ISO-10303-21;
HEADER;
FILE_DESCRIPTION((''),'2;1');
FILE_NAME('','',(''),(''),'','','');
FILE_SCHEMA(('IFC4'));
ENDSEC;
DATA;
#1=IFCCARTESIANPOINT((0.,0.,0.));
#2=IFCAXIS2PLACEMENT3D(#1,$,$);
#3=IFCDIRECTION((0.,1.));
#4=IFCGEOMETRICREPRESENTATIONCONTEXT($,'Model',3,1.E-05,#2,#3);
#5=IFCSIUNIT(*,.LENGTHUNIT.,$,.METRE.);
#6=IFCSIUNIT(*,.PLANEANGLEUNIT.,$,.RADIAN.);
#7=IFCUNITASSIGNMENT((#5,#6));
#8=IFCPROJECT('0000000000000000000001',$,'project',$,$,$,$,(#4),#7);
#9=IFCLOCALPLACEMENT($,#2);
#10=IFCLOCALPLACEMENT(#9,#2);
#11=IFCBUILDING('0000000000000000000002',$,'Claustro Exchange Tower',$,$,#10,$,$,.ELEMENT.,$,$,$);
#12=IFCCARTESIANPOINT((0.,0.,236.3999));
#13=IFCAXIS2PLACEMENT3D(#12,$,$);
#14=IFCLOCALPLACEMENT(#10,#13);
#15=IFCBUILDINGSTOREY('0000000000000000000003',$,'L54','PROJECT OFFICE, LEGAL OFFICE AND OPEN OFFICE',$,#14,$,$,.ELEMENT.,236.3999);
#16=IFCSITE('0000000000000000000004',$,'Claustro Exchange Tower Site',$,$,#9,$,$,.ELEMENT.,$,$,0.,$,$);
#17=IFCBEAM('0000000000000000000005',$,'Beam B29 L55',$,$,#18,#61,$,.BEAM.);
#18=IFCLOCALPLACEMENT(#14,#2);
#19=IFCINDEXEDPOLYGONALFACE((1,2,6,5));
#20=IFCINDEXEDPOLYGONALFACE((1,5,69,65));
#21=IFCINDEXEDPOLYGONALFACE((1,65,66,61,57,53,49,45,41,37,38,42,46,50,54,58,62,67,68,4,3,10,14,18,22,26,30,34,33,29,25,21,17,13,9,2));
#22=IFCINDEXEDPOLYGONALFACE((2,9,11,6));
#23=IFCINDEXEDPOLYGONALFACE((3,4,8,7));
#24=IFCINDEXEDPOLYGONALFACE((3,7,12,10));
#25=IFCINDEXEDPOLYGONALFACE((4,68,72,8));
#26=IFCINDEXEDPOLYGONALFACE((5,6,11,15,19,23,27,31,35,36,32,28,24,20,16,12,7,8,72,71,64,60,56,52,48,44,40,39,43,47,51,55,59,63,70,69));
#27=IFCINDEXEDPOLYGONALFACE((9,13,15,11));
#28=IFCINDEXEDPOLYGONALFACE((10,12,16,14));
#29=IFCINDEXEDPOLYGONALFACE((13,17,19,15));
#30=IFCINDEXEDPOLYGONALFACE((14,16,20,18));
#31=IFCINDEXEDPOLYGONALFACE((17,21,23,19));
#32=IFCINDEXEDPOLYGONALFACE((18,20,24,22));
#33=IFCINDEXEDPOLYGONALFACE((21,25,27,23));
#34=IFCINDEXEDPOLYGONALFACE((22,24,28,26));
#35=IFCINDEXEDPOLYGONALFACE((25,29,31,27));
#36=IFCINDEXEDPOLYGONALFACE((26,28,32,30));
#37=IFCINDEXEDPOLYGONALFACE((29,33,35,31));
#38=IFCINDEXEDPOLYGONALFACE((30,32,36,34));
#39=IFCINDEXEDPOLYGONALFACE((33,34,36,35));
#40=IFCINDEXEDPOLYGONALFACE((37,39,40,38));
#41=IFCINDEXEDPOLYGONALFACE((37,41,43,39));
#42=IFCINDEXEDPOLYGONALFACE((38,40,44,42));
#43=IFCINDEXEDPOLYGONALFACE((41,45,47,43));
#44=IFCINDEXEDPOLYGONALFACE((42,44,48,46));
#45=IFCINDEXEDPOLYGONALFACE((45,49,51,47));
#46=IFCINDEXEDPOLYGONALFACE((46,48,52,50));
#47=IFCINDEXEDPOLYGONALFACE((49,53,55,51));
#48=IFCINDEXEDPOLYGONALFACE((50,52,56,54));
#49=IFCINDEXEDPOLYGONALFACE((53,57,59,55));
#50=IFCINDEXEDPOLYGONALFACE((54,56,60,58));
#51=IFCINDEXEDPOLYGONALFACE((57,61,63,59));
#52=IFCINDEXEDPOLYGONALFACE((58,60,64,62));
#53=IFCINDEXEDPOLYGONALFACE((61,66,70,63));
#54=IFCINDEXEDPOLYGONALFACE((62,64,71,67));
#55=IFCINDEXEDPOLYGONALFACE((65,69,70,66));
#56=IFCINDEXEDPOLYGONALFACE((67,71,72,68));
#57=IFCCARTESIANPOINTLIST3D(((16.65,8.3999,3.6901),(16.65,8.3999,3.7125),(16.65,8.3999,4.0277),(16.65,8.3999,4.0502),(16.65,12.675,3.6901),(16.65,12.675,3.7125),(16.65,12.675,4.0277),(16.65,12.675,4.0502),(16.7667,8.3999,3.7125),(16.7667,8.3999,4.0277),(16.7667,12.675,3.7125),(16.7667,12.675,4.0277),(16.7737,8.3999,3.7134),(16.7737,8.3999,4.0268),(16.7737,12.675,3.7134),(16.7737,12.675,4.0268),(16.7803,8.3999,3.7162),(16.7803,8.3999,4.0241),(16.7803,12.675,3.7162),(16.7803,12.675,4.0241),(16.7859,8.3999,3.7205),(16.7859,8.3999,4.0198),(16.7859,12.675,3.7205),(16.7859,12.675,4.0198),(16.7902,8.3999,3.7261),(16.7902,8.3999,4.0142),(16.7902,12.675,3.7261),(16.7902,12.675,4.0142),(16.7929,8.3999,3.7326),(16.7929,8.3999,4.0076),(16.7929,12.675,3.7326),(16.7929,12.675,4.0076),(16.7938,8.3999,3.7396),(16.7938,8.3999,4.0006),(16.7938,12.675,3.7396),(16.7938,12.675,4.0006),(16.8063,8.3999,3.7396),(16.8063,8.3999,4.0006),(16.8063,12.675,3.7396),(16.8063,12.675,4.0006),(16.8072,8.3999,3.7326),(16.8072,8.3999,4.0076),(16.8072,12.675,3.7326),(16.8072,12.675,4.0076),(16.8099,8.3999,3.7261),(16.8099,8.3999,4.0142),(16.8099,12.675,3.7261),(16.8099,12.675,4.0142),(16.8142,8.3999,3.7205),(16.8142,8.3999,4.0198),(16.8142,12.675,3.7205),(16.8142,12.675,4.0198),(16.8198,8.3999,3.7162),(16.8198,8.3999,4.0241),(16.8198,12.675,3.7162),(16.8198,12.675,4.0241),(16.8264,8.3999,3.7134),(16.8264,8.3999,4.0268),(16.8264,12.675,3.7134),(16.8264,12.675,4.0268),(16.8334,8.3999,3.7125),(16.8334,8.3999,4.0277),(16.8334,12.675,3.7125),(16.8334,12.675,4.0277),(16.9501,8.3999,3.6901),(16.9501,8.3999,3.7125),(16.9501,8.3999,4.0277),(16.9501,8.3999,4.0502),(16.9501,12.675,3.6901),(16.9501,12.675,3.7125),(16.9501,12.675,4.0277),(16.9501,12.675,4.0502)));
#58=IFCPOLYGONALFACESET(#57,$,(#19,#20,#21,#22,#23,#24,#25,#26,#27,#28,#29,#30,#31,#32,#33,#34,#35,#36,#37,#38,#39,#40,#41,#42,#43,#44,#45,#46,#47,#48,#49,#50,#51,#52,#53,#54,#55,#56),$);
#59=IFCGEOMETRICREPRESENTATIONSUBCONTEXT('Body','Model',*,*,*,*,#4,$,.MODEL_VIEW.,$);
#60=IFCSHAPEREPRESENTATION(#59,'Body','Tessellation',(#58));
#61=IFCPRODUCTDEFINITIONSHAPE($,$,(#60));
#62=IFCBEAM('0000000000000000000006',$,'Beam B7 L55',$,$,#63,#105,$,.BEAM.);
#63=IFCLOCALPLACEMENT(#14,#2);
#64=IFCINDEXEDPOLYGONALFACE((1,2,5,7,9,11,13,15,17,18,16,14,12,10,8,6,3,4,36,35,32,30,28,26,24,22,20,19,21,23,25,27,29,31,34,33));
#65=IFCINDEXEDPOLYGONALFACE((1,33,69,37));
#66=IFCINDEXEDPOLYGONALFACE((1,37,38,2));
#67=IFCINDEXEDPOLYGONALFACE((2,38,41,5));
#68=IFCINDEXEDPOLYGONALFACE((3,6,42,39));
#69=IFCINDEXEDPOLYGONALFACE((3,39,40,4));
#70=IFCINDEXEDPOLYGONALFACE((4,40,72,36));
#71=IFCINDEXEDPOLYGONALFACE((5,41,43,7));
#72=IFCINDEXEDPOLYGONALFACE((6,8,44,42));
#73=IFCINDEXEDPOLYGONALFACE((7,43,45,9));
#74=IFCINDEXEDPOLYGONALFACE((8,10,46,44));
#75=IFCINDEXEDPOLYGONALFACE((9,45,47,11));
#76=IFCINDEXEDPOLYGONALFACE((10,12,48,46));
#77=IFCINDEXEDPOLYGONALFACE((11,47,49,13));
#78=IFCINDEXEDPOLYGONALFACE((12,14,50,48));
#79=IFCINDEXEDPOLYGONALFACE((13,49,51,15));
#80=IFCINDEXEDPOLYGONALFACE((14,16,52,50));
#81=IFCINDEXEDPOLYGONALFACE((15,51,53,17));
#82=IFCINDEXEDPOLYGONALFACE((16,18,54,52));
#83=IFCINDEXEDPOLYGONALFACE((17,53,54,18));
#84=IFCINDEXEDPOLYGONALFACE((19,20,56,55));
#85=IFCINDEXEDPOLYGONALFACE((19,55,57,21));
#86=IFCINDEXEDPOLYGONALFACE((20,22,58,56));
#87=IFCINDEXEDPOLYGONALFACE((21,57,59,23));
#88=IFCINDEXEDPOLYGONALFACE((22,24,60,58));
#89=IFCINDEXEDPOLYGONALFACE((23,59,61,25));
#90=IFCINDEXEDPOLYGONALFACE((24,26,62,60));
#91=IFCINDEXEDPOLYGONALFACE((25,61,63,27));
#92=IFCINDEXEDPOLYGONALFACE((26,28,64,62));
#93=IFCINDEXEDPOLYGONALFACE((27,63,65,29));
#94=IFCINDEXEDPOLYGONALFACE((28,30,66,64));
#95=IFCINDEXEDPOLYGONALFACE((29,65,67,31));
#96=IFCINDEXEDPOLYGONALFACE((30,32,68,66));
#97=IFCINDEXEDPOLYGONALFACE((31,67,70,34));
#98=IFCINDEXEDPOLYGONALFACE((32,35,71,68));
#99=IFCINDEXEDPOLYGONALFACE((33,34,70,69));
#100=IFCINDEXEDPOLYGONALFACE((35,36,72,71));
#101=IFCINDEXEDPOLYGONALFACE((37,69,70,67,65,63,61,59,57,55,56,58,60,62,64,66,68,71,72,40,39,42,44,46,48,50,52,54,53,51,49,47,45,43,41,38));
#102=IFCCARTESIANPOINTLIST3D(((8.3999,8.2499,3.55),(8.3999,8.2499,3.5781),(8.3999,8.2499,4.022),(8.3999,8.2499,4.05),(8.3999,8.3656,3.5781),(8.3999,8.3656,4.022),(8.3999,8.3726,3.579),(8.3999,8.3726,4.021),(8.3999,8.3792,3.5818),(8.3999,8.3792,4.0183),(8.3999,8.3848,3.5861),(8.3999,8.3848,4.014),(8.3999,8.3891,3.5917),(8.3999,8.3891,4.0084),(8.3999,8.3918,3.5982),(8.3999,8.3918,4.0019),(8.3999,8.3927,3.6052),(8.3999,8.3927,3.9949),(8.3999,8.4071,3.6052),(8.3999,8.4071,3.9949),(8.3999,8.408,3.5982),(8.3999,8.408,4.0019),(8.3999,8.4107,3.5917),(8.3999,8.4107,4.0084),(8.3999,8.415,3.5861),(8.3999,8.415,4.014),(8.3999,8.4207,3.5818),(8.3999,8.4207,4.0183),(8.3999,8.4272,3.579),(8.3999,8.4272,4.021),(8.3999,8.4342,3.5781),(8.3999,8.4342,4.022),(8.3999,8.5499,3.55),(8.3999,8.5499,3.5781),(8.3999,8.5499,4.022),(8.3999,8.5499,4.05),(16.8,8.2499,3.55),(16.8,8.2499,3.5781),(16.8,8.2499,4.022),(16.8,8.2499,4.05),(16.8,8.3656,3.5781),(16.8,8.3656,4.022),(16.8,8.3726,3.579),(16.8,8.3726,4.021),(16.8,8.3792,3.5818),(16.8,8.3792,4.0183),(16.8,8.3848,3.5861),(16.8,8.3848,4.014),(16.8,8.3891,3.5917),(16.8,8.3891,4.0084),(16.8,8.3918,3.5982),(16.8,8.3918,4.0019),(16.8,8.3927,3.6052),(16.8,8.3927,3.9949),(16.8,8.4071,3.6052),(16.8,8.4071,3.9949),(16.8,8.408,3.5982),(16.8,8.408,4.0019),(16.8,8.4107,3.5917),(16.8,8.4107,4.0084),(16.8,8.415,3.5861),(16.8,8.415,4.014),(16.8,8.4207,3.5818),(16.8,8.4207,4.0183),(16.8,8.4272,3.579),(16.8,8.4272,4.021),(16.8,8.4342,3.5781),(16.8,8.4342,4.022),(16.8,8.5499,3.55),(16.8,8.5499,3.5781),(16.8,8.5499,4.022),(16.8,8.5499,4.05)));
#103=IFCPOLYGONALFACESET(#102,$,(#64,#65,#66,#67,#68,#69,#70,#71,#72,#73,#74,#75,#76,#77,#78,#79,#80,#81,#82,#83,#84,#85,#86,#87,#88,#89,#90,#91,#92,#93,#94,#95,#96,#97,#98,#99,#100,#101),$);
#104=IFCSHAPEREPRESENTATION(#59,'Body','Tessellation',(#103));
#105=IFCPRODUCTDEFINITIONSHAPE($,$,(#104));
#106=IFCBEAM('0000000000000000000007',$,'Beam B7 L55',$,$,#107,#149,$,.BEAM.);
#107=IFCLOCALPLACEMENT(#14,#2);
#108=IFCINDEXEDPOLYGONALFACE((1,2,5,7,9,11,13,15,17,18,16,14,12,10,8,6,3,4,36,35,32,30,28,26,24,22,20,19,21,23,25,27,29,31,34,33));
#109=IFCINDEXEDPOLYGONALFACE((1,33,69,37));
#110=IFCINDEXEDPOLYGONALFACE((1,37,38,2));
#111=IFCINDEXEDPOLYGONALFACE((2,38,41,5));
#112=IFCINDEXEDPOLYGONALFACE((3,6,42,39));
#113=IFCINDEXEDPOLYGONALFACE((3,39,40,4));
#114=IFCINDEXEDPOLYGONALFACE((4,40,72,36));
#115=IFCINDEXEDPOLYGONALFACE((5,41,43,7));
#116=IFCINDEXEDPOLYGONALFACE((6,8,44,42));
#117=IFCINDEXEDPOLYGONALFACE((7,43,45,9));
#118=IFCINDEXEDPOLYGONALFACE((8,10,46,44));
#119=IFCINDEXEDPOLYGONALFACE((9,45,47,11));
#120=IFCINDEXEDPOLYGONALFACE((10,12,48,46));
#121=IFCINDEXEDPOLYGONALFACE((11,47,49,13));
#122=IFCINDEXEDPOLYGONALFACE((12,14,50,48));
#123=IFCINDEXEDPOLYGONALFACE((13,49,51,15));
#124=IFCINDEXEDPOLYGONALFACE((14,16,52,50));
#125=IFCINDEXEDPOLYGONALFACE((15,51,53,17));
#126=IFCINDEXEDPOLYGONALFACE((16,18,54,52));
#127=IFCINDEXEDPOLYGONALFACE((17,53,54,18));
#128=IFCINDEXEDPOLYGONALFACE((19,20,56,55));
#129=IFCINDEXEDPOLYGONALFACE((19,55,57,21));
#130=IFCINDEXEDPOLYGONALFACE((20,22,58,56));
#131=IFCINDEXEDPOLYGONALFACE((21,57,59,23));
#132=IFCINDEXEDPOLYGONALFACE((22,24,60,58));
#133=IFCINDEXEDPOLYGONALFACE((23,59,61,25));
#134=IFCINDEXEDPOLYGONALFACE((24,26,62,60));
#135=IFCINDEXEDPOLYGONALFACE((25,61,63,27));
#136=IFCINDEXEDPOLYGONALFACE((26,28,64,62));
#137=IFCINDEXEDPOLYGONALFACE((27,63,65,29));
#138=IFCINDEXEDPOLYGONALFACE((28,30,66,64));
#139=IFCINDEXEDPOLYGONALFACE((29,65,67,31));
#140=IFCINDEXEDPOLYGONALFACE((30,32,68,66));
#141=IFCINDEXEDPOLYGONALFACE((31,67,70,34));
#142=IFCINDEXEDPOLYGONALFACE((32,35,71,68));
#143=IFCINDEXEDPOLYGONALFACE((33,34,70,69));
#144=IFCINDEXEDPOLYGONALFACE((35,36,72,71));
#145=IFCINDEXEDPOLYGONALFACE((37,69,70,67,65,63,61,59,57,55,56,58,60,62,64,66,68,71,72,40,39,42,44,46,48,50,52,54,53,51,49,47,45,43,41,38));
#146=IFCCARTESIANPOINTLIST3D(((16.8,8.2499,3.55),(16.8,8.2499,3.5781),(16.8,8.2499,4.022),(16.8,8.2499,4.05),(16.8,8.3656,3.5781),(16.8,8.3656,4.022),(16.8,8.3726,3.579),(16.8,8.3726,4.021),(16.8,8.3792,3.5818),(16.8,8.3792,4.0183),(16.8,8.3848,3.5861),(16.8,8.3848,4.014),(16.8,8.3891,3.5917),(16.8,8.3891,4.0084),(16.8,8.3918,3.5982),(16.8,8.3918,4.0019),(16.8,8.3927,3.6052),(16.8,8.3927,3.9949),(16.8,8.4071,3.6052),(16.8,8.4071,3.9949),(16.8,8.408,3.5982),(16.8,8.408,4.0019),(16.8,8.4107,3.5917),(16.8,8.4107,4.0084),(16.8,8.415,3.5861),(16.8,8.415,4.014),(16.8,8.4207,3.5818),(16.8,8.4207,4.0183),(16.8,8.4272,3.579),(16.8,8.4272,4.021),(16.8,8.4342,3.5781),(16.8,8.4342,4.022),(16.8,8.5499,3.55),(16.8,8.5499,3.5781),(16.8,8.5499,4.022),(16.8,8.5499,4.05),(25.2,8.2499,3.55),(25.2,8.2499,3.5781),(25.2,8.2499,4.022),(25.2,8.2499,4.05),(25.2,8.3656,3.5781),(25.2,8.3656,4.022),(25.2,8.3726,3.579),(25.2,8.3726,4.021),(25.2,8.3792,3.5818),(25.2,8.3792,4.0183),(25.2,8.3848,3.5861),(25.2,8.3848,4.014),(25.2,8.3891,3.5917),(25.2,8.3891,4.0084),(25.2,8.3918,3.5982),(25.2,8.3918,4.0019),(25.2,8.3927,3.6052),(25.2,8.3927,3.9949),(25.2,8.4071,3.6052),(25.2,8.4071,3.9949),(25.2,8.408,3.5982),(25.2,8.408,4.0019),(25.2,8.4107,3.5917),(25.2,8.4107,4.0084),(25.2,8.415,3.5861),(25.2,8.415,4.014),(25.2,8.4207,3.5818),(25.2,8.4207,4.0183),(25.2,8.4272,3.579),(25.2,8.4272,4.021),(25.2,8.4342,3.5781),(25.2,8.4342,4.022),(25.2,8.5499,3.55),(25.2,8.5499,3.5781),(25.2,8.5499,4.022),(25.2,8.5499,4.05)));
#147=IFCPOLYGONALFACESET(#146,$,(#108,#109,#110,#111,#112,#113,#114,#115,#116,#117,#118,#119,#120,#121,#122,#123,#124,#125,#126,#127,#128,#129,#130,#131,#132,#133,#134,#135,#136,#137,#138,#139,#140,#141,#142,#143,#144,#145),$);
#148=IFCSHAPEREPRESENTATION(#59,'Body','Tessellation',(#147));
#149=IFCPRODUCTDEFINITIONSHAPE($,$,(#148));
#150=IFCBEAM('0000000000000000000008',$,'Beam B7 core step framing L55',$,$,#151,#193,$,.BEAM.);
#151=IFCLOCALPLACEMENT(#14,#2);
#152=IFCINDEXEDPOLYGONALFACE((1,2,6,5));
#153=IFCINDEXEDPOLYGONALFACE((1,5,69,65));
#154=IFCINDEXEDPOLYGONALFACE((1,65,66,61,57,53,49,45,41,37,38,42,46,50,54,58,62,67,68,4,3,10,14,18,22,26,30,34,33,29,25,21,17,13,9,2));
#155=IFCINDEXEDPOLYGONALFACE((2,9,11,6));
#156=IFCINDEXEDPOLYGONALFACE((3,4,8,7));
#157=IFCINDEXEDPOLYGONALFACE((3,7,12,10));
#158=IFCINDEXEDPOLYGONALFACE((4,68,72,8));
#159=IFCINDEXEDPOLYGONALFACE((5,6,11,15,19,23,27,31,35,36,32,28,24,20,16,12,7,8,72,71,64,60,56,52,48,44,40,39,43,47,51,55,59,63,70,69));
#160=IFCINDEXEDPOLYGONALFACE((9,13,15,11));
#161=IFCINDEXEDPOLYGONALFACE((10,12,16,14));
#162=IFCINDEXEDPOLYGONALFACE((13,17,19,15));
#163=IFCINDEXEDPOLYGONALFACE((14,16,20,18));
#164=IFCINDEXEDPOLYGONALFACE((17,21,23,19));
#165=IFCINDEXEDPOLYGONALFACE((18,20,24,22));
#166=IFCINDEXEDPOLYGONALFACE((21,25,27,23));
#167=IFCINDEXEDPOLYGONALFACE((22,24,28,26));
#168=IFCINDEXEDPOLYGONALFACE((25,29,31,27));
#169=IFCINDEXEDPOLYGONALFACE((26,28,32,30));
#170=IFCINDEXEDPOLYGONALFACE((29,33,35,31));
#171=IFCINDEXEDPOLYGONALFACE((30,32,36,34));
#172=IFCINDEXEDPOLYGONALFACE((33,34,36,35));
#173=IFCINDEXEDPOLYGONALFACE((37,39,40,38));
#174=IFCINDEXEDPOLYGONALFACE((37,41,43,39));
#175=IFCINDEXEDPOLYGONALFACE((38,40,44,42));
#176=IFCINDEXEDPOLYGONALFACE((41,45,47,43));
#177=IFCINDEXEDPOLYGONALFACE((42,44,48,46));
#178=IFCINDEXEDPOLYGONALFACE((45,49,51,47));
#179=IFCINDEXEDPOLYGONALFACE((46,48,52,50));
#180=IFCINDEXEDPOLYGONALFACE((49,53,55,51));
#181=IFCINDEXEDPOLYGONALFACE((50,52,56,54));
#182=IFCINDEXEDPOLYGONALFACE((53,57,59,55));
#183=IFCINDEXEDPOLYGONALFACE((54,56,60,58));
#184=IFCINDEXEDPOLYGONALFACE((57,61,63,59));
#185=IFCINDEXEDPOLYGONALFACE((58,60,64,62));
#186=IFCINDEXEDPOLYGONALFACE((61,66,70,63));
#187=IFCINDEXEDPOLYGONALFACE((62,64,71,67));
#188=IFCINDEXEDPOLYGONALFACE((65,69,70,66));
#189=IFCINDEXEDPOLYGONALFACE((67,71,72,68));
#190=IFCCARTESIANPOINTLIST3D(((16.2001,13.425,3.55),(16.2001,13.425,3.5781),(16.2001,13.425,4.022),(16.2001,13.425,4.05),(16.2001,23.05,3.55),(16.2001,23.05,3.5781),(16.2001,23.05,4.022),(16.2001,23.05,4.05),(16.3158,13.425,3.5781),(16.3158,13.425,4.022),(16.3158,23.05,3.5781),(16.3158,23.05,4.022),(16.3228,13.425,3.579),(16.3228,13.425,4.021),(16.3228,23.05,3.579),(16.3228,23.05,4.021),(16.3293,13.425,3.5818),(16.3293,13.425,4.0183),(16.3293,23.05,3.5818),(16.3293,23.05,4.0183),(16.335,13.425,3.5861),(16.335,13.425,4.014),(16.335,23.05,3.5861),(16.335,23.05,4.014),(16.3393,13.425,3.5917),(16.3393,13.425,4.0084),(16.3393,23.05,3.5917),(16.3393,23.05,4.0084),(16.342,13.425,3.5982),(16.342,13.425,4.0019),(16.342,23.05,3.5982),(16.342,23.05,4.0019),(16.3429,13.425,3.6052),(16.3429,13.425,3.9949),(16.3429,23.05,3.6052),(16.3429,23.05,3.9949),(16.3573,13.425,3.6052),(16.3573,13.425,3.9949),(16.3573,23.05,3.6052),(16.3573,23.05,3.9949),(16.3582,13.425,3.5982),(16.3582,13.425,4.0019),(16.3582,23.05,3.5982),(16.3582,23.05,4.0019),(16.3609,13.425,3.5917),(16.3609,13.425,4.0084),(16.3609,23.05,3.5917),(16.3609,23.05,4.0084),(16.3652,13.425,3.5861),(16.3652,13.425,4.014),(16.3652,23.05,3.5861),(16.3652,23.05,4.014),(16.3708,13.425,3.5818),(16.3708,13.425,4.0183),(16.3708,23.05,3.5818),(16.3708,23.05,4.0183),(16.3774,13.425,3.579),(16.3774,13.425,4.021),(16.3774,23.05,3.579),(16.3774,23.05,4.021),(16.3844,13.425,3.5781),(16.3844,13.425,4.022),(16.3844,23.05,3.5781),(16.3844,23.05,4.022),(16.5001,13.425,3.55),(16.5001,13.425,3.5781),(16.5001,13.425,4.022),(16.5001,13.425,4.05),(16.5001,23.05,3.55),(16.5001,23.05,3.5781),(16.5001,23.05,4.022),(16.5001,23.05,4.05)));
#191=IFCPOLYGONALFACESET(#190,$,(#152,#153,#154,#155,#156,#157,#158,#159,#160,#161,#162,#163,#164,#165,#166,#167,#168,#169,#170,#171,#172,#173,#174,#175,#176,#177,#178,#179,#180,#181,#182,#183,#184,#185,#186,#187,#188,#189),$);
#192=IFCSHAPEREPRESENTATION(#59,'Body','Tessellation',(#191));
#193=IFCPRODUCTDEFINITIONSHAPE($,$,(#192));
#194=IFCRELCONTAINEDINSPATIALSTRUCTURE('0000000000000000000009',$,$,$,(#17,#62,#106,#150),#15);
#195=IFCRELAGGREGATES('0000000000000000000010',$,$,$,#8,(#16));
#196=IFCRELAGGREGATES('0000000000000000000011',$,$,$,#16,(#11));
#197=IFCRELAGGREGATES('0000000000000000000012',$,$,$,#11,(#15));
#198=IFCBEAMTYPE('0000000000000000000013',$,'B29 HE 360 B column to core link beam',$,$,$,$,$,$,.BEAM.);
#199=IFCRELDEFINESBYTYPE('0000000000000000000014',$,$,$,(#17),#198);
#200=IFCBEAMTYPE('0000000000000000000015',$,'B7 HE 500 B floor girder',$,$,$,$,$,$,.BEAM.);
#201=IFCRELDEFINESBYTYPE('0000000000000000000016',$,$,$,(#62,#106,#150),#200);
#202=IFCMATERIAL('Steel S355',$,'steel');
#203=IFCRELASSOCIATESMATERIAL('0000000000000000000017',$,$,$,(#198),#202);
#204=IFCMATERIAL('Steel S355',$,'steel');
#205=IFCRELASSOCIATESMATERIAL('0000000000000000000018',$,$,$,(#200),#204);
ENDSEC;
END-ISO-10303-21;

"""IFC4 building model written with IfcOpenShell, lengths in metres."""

from ifc_helpers import new_model, si_unit, direction, frame, origin, origin_2d, place, context, subcontext, project, spatial, i_section, extrude, material, material_profile, profile_set, type_object, element, save


model = new_model("IFC4")

# Units and contexts
model_context = context("Model", 3, precision=1e-05, world=origin(), true_north=direction((0.0, 1.0)))
body_context = subcontext(model_context, "Body", "Model", "MODEL_VIEW")
ifc_project = project(units=[si_unit("LENGTHUNIT", "METRE"), si_unit("PLANEANGLEUNIT", "RADIAN")], contexts=[model_context])

# Site, building, storey
site_placement = place(None, origin())
site = spatial("IfcSite", under=ifc_project, at=site_placement, Name="Claustro Exchange Tower Site", CompositionType="ELEMENT", RefElevation=0.0)
building_placement = place(site_placement, origin())
building = spatial("IfcBuilding", under=site, at=building_placement, Name="Claustro Exchange Tower", CompositionType="ELEMENT")
storey_placement = place(building_placement, frame((0.0, 0.0, 236.3999)))
storey = spatial("IfcBuildingStorey", under=building, at=storey_placement, Name="L54", Description="PROJECT OFFICE, LEGAL OFFICE AND OPEN OFFICE", CompositionType="ELEMENT", Elevation=236.3999)

# Beams
ifc_material_1 = material(Name="Steel S355", Category="steel")
ifc_material_profile_1 = material_profile(ifc_material_1, i_section(OverallWidth=0.3, OverallDepth=0.3601, WebThickness=0.0125, FlangeThickness=0.0225, FilletRadius=0.0271, at=origin_2d()), Name="HE 360 B")
ifc_profile_set_1 = profile_set([ifc_material_profile_1], Name="Steel S355")
beam_type_1 = type_object("IfcBeamType", Name="B29 HE 360 B column to core link beam", PredefinedType="BEAM", material=ifc_profile_set_1)
for number, where, z_axis, x_axis, name in (
    (1, (16.8, 8.3999, 3.8701), (0.0, 1.0, 0.0), (-1.0, 0.0, 0.0), "Beam B29 L55"),
):
    element("IfcBeam", number, at=place(storey_placement, frame(where, z_axis=z_axis, x_axis=x_axis)), inside=storey, type_object=beam_type_1, Name=name, PredefinedType="BEAM", context=body_context, shape_type="SweptSolid", body=[
        extrude(i_section(OverallWidth=0.3, OverallDepth=0.3601, WebThickness=0.0125, FlangeThickness=0.0225, FilletRadius=0.0271, at=origin_2d()), origin(), (0.0, 0.0, 1.0), 4.2751),
    ])
ifc_material_2 = material(Name="Steel S355", Category="steel")
ifc_material_profile_2 = material_profile(ifc_material_2, i_section(OverallWidth=0.3, OverallDepth=0.5, WebThickness=0.0144, FlangeThickness=0.0281, FilletRadius=0.0271, at=origin_2d()), Name="HE 500 B")
ifc_profile_set_2 = profile_set([ifc_material_profile_2], Name="Steel S355")
beam_type_2 = type_object("IfcBeamType", Name="B7 HE 500 B floor girder", PredefinedType="BEAM", material=ifc_profile_set_2)
beam_1_placement = place(storey_placement, frame((8.3999, 8.3999, 3.8), z_axis=(1.0, 0.0, 0.0), x_axis=(0.0, 1.0, 0.0)))
element("IfcBeam", 2, at=beam_1_placement, inside=storey, type_object=beam_type_2, Name="Beam B7 L55", PredefinedType="BEAM", context=body_context, shape_type="SweptSolid", body=[
    extrude(i_section(OverallWidth=0.3, OverallDepth=0.5, WebThickness=0.0144, FlangeThickness=0.0281, FilletRadius=0.0271, at=origin_2d()), origin(), (0.0, 0.0, 1.0), 8.4001),
])
beam_2_placement = place(storey_placement, frame((16.8, 8.3999, 3.8), z_axis=(1.0, 0.0, 0.0), x_axis=(0.0, 1.0, 0.0)))
element("IfcBeam", 3, at=beam_2_placement, inside=storey, type_object=beam_type_2, Name="Beam B7 L55", PredefinedType="BEAM", context=body_context, shape_type="SweptSolid", body=[
    extrude(i_section(OverallWidth=0.3, OverallDepth=0.5, WebThickness=0.0144, FlangeThickness=0.0281, FilletRadius=0.0271, at=origin_2d()), origin(), (0.0, 0.0, 1.0), 8.3999),
])
beam_3_placement = place(storey_placement, frame((16.3501, 13.425, 3.8), z_axis=(0.0, 1.0, 0.0), x_axis=(-1.0, 0.0, 0.0)))
element("IfcBeam", 4, at=beam_3_placement, inside=storey, type_object=beam_type_2, Name="Beam B7 core step framing L55", PredefinedType="BEAM", context=body_context, shape_type="SweptSolid", body=[
    extrude(i_section(OverallWidth=0.3, OverallDepth=0.5, WebThickness=0.0144, FlangeThickness=0.0281, FilletRadius=0.0271, at=origin_2d()), origin(), (0.0, 0.0, 1.0), 9.625),
])

save(model, "model.ifc")
